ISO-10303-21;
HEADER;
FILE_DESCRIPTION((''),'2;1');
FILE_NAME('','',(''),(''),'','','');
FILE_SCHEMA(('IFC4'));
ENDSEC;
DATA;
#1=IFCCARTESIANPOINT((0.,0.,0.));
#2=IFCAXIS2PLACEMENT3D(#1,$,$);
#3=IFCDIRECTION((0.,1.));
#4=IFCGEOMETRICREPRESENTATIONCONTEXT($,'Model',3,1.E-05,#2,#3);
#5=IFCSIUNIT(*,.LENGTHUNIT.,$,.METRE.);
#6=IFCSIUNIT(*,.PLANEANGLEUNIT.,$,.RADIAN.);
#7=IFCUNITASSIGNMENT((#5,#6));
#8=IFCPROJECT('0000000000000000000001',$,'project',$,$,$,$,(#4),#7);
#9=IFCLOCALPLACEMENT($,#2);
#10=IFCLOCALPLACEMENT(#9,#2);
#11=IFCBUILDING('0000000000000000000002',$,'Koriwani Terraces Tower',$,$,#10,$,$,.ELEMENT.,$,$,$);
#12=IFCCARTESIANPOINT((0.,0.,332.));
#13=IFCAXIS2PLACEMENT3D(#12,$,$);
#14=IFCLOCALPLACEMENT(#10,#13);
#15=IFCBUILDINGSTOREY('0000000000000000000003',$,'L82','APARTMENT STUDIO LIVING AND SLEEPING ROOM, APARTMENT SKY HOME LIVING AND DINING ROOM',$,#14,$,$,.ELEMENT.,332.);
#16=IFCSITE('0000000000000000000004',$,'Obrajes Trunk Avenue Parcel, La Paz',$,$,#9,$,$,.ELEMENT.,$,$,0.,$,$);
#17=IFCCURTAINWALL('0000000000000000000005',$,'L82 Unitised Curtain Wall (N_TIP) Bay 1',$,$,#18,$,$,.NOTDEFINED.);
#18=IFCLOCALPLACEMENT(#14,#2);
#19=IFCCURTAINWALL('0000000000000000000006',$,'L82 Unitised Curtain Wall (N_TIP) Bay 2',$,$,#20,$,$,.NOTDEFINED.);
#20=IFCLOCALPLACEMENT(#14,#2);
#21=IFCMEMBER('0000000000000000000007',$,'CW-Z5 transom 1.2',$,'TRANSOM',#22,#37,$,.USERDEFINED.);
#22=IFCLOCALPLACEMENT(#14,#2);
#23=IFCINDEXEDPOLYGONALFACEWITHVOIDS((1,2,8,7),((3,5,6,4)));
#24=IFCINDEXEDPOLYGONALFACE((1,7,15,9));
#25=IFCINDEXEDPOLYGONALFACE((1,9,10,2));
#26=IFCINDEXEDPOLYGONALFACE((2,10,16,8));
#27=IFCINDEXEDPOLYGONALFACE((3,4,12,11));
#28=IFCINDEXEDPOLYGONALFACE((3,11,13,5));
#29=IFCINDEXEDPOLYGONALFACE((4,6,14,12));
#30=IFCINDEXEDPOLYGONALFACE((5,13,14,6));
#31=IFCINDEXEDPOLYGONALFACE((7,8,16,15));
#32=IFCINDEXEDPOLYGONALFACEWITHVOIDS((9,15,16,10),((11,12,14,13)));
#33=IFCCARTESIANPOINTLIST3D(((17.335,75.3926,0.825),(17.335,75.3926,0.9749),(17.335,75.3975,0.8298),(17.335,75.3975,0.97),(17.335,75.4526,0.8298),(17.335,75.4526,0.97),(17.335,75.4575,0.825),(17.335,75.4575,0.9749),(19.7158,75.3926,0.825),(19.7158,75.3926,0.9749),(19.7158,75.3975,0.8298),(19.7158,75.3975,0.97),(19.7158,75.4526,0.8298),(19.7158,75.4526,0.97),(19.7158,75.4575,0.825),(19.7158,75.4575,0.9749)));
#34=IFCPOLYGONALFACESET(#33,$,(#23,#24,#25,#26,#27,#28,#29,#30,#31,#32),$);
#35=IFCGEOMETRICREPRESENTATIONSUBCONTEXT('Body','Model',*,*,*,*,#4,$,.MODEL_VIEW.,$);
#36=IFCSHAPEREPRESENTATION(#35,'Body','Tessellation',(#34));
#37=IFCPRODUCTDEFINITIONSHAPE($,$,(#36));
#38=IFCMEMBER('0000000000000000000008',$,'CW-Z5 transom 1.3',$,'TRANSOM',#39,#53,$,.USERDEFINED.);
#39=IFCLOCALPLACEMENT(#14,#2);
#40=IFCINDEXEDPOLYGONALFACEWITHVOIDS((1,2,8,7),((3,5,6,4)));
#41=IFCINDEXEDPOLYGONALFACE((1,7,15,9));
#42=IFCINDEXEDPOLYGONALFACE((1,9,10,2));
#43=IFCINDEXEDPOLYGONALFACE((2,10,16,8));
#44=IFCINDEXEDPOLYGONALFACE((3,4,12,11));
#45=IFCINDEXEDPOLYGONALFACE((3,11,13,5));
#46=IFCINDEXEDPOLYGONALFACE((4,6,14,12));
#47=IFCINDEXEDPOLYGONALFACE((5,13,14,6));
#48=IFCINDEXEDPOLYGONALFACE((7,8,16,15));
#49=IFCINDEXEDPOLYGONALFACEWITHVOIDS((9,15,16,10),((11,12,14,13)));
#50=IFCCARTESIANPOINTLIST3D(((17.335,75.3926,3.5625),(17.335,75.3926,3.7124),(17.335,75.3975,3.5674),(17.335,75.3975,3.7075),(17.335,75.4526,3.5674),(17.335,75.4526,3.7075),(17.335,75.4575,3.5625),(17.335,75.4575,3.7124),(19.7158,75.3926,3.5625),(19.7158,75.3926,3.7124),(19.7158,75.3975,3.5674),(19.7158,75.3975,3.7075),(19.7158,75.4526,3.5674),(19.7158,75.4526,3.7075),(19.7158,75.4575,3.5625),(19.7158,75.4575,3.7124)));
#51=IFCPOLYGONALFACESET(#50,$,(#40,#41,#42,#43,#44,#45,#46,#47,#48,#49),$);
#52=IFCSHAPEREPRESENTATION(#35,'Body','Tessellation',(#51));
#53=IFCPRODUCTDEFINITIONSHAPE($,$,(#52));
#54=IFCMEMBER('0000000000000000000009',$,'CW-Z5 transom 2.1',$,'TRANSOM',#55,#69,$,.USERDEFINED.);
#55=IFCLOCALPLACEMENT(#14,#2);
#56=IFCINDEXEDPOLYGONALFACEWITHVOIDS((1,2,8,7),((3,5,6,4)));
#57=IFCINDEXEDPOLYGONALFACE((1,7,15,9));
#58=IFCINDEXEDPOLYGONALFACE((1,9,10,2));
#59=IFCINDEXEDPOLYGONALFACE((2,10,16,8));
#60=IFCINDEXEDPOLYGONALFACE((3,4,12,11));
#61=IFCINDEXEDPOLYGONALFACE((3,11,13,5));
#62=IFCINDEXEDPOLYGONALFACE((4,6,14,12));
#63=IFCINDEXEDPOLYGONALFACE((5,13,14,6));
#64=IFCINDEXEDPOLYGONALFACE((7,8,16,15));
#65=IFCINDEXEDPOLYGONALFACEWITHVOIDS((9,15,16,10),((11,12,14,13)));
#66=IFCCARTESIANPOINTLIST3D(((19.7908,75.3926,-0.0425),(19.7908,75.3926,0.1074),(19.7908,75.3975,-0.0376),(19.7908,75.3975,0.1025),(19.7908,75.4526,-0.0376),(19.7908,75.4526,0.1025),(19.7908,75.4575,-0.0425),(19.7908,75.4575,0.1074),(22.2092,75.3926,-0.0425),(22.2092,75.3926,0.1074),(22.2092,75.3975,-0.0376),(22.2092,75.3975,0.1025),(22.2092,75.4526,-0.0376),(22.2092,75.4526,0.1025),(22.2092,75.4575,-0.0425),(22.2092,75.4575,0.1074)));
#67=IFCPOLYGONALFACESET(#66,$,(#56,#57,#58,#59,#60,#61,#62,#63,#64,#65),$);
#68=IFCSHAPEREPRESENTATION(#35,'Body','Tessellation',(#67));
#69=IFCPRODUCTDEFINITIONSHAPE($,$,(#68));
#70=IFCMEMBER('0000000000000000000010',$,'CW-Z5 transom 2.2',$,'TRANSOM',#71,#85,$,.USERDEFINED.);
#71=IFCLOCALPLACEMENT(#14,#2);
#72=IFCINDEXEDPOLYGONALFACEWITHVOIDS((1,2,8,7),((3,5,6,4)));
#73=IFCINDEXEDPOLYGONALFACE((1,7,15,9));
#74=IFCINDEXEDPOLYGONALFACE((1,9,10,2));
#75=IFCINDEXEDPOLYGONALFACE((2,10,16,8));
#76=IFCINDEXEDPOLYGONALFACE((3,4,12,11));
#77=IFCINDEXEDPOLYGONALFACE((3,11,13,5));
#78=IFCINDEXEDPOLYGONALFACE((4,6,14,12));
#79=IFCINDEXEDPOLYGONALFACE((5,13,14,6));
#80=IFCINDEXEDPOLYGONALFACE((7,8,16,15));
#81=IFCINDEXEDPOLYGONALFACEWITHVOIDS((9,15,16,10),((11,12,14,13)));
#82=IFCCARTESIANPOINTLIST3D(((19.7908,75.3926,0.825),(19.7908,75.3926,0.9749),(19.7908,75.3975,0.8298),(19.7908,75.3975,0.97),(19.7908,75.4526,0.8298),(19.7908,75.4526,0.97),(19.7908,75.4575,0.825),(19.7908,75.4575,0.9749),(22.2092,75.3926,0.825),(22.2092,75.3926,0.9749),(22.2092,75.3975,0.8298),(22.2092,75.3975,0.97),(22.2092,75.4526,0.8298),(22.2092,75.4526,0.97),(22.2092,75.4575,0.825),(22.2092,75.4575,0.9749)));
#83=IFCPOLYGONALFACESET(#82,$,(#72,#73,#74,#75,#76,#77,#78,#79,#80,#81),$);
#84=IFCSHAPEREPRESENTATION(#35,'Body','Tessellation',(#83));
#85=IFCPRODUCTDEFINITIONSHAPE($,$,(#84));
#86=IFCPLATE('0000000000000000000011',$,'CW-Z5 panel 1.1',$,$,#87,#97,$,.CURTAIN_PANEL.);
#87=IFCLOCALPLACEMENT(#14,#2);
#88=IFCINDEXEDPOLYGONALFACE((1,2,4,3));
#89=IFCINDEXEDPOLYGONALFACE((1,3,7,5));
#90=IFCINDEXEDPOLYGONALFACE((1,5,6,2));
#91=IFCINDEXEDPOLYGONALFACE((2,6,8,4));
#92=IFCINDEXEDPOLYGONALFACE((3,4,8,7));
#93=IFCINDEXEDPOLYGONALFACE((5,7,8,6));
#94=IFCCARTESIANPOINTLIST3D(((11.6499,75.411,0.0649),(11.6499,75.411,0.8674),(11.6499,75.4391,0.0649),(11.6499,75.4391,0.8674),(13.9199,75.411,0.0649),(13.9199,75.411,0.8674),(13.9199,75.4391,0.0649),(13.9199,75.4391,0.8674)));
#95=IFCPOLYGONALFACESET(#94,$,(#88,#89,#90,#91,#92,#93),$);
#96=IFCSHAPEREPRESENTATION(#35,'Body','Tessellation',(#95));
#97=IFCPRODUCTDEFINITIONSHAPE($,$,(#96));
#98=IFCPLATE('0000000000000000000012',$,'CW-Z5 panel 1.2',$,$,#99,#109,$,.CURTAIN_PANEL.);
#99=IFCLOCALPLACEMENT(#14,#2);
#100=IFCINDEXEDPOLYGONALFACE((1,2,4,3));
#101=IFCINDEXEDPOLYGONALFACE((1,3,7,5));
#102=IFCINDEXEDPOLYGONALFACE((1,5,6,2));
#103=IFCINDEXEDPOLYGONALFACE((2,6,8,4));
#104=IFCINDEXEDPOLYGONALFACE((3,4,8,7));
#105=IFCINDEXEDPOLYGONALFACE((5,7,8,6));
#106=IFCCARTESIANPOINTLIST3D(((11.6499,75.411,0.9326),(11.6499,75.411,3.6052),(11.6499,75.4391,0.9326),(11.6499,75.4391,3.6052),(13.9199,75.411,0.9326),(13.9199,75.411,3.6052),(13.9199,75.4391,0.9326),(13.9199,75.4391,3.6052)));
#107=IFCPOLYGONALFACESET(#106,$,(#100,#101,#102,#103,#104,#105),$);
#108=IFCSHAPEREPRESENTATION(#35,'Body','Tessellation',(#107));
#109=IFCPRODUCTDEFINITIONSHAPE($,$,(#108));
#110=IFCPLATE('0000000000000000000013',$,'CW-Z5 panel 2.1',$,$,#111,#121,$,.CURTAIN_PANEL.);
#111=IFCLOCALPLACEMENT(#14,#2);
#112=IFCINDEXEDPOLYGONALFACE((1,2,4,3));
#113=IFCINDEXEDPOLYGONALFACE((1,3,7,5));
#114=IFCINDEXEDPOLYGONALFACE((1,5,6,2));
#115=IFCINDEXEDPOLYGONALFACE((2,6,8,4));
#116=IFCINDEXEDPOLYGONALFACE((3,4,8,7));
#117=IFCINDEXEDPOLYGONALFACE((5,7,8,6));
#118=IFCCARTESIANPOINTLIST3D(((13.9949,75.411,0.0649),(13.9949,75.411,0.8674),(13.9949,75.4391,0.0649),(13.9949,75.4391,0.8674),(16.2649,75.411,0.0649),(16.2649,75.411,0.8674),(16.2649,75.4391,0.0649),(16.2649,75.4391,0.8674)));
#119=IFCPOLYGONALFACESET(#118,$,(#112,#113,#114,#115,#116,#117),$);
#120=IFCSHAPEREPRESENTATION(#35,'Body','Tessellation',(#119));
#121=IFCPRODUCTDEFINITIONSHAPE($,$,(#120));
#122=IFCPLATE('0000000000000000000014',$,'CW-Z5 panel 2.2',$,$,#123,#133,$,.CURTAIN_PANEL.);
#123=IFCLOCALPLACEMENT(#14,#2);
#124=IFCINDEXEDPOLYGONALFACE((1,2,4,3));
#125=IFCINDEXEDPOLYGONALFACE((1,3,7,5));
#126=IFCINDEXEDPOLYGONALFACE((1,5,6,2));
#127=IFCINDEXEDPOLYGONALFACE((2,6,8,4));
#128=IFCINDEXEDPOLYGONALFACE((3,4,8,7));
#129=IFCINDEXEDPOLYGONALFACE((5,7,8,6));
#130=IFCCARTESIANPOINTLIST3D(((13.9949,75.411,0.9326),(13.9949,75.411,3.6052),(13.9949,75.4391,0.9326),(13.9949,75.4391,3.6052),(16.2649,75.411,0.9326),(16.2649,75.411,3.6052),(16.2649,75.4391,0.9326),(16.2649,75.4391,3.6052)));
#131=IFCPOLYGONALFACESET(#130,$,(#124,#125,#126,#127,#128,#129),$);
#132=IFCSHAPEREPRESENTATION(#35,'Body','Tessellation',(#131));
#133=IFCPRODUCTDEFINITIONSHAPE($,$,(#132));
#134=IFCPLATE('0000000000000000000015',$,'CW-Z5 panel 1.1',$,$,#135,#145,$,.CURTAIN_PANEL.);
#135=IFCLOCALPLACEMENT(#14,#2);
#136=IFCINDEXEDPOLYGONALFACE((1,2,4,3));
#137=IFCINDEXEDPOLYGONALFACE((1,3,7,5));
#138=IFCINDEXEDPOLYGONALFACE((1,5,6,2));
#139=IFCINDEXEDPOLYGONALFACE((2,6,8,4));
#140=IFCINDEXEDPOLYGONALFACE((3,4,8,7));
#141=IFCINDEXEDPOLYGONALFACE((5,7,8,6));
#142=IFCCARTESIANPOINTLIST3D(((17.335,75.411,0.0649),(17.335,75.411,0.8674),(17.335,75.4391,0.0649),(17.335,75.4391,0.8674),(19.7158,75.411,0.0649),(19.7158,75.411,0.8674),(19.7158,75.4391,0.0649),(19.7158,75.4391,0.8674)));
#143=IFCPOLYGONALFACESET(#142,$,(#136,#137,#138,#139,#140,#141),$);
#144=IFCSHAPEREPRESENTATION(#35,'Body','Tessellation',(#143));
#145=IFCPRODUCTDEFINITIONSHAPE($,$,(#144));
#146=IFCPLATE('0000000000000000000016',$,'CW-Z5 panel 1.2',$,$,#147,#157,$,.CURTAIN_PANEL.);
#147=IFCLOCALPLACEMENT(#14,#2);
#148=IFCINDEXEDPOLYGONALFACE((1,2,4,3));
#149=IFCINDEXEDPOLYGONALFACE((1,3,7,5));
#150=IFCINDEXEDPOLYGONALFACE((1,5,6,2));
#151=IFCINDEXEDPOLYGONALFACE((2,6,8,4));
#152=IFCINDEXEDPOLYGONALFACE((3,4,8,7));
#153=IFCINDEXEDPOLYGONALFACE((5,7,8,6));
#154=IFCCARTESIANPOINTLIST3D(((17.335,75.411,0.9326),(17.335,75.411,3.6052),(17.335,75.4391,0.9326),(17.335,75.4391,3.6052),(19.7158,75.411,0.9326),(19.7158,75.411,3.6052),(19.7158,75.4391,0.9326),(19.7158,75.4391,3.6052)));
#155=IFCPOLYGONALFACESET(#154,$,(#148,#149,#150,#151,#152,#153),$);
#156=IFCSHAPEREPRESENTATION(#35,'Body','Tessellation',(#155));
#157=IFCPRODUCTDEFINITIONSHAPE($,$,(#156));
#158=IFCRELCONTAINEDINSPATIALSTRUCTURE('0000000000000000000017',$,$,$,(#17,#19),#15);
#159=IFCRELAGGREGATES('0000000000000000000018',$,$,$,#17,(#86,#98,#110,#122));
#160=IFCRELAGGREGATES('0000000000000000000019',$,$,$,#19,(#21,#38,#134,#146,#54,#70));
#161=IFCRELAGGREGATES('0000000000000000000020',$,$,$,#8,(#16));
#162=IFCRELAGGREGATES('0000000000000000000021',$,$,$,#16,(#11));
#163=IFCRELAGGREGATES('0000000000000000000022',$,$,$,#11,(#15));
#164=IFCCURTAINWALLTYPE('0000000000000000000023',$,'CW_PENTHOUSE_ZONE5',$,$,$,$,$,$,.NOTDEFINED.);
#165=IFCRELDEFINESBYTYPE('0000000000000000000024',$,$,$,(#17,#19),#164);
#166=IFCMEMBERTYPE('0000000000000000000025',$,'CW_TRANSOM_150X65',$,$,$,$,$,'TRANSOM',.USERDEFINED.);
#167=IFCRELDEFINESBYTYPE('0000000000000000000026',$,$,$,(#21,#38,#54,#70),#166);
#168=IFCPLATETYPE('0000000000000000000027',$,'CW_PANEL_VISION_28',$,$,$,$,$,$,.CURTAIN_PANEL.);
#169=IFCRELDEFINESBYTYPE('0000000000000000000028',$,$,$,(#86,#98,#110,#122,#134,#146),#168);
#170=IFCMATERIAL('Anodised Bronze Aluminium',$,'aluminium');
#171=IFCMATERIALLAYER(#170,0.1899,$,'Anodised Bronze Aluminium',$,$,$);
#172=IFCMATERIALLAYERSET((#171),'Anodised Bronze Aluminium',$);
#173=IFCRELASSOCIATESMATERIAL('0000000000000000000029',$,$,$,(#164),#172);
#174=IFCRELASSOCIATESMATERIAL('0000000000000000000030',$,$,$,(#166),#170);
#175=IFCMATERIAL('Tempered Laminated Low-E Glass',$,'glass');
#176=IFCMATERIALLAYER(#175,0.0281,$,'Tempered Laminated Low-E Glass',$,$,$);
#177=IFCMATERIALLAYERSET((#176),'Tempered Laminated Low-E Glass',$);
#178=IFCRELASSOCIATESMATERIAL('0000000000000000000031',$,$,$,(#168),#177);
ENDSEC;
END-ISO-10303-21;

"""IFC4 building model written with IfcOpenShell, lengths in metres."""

from ifc_helpers import new_model, si_unit, direction, frame, origin, origin_2d, place, context, subcontext, project, spatial, rectangle, hollow_rectangle, extrude, material, layer, layer_set, material_profile, profile_set, type_object, element, aggregate, save


model = new_model("IFC4")

# Units and contexts
model_context = context("Model", 3, precision=1e-05, world=origin(), true_north=direction((0.0, 1.0)))
body_context = subcontext(model_context, "Body", "Model", "MODEL_VIEW")
ifc_project = project(units=[si_unit("LENGTHUNIT", "METRE"), si_unit("PLANEANGLEUNIT", "RADIAN")], contexts=[model_context])

# Site, building, storey
site_placement = place(None, origin())
site = spatial("IfcSite", under=ifc_project, at=site_placement, Name="Obrajes Trunk Avenue Parcel, La Paz", CompositionType="ELEMENT", RefElevation=0.0)
building_placement = place(site_placement, origin())
building = spatial("IfcBuilding", under=site, at=building_placement, Name="Koriwani Terraces Tower", CompositionType="ELEMENT")
storey_placement = place(building_placement, frame((0.0, 0.0, 332.0)))
storey = spatial("IfcBuildingStorey", under=building, at=storey_placement, Name="L82", Description="APARTMENT STUDIO LIVING AND SLEEPING ROOM, APARTMENT SKY HOME LIVING AND DINING ROOM", CompositionType="ELEMENT", Elevation=332.0)

# Curtain walls
ifc_material_1 = material(Name="Anodised Bronze Aluminium", Category="aluminium")
ifc_layer_1 = layer(ifc_material_1, 0.1899, Name="Anodised Bronze Aluminium")
ifc_layer_set_1 = layer_set([ifc_layer_1], Name="Anodised Bronze Aluminium")
curtain_wall_type = type_object("IfcCurtainWallType", Name="CW_PENTHOUSE_ZONE5", PredefinedType="NOTDEFINED", material=ifc_layer_set_1)
curtain_wall_1_placement = place(storey_placement, origin())
curtain_wall_1 = element("IfcCurtainWall", 1, at=curtain_wall_1_placement, inside=storey, type_object=curtain_wall_type, Name="L82 Unitised Curtain Wall (N_TIP) Bay 1", PredefinedType="NOTDEFINED")
curtain_wall_2_placement = place(storey_placement, origin())
curtain_wall_2 = element("IfcCurtainWall", 2, at=curtain_wall_2_placement, inside=storey, type_object=curtain_wall_type, Name="L82 Unitised Curtain Wall (N_TIP) Bay 2", PredefinedType="NOTDEFINED")

# Members
ifc_material_profile_1 = material_profile(ifc_material_1, hollow_rectangle(XDim=0.0649, YDim=0.1499, WallThickness=0.0049, at=origin_2d()), Name="Anodised Bronze Aluminium", Category="LoadBearing")
ifc_profile_set_1 = profile_set([ifc_material_profile_1], Name="Anodised Bronze Aluminium")
member_type_1 = type_object("IfcMemberType", Name="CW_TRANSOM_150X65", ElementType="TRANSOM", PredefinedType="USERDEFINED", material=ifc_profile_set_1)
member_1_placement = place(storey_placement, frame((17.335, 75.425, 0.8999), z_axis=(1.0, 0.0, 0.0), x_axis=(0.0, 1.0, 0.0)))
member_1 = element("IfcMember", 3, at=member_1_placement, type_object=member_type_1, Name="CW-Z5 transom 1.2", ObjectType="TRANSOM", PredefinedType="USERDEFINED", context=body_context, shape_type="SweptSolid", body=[
    extrude(hollow_rectangle(XDim=0.0649, YDim=0.1499, WallThickness=0.0049, at=origin_2d()), origin(), (0.0, 0.0, 1.0), 2.3809),
])
member_2_placement = place(storey_placement, frame((17.335, 75.425, 3.6375), z_axis=(1.0, 0.0, 0.0), x_axis=(0.0, 1.0, 0.0)))
member_2 = element("IfcMember", 4, at=member_2_placement, type_object=member_type_1, Name="CW-Z5 transom 1.3", ObjectType="TRANSOM", PredefinedType="USERDEFINED", context=body_context, shape_type="SweptSolid", body=[
    extrude(hollow_rectangle(XDim=0.0649, YDim=0.1499, WallThickness=0.0049, at=origin_2d()), origin(), (0.0, 0.0, 1.0), 2.3809),
])
member_3_placement = place(storey_placement, frame((19.7908, 75.425, 0.0325), z_axis=(1.0, 0.0, 0.0), x_axis=(0.0, 1.0, 0.0)))
member_3 = element("IfcMember", 5, at=member_3_placement, type_object=member_type_1, Name="CW-Z5 transom 2.1", ObjectType="TRANSOM", PredefinedType="USERDEFINED", context=body_context, shape_type="SweptSolid", body=[
    extrude(hollow_rectangle(XDim=0.0649, YDim=0.1499, WallThickness=0.0049, at=origin_2d()), origin(), (0.0, 0.0, 1.0), 2.4185),
])
member_4_placement = place(storey_placement, frame((19.7908, 75.425, 0.8999), z_axis=(1.0, 0.0, 0.0), x_axis=(0.0, 1.0, 0.0)))
member_4 = element("IfcMember", 6, at=member_4_placement, type_object=member_type_1, Name="CW-Z5 transom 2.2", ObjectType="TRANSOM", PredefinedType="USERDEFINED", context=body_context, shape_type="SweptSolid", body=[
    extrude(hollow_rectangle(XDim=0.0649, YDim=0.1499, WallThickness=0.0049, at=origin_2d()), origin(), (0.0, 0.0, 1.0), 2.4185),
])

# Plates
ifc_material_2 = material(Name="Tempered Laminated Low-E Glass", Category="glass")
ifc_layer_2 = layer(ifc_material_2, 0.0281, Name="Tempered Laminated Low-E Glass")
ifc_layer_set_2 = layer_set([ifc_layer_2], Name="Tempered Laminated Low-E Glass")
plate_type = type_object("IfcPlateType", Name="CW_PANEL_VISION_28", PredefinedType="CURTAIN_PANEL", material=ifc_layer_set_2)
plate_1_placement = place(storey_placement, frame((12.7849, 75.425, 0.0649), z_axis=(0.0, 0.0, 1.0), x_axis=(1.0, 0.0, 0.0)))
plate_1 = element("IfcPlate", 7, at=plate_1_placement, type_object=plate_type, Name="CW-Z5 panel 1.1", PredefinedType="CURTAIN_PANEL", context=body_context, shape_type="SweptSolid", body=[
    extrude(rectangle(XDim=2.27, YDim=0.0281, at=origin_2d()), origin(), (0.0, 0.0, 1.0), 0.8025),
])
plate_2_placement = place(storey_placement, frame((12.7849, 75.425, 0.9326), z_axis=(0.0, 0.0, 1.0), x_axis=(1.0, 0.0, 0.0)))
plate_2 = element("IfcPlate", 8, at=plate_2_placement, type_object=plate_type, Name="CW-Z5 panel 1.2", PredefinedType="CURTAIN_PANEL", context=body_context, shape_type="SweptSolid", body=[
    extrude(rectangle(XDim=2.27, YDim=0.0281, at=origin_2d()), origin(), (0.0, 0.0, 1.0), 2.6726),
])
plate_3_placement = place(storey_placement, frame((15.1299, 75.425, 0.0649), z_axis=(0.0, 0.0, 1.0), x_axis=(1.0, 0.0, 0.0)))
plate_3 = element("IfcPlate", 9, at=plate_3_placement, type_object=plate_type, Name="CW-Z5 panel 2.1", PredefinedType="CURTAIN_PANEL", context=body_context, shape_type="SweptSolid", body=[
    extrude(rectangle(XDim=2.27, YDim=0.0281, at=origin_2d()), origin(), (0.0, 0.0, 1.0), 0.8025),
])
plate_4_placement = place(storey_placement, frame((15.1299, 75.425, 0.9326), z_axis=(0.0, 0.0, 1.0), x_axis=(1.0, 0.0, 0.0)))
plate_4 = element("IfcPlate", 10, at=plate_4_placement, type_object=plate_type, Name="CW-Z5 panel 2.2", PredefinedType="CURTAIN_PANEL", context=body_context, shape_type="SweptSolid", body=[
    extrude(rectangle(XDim=2.27, YDim=0.0281, at=origin_2d()), origin(), (0.0, 0.0, 1.0), 2.6726),
])
aggregate(curtain_wall_1, [plate_1, plate_2, plate_3, plate_4])
plate_5_placement = place(storey_placement, frame((18.5254, 75.425, 0.0649), z_axis=(0.0, 0.0, 1.0), x_axis=(1.0, 0.0, 0.0)))
plate_5 = element("IfcPlate", 11, at=plate_5_placement, type_object=plate_type, Name="CW-Z5 panel 1.1", PredefinedType="CURTAIN_PANEL", context=body_context, shape_type="SweptSolid", body=[
    extrude(rectangle(XDim=2.3809, YDim=0.0281, at=origin_2d()), origin(), (0.0, 0.0, 1.0), 0.8025),
])
plate_6_placement = place(storey_placement, frame((18.5254, 75.425, 0.9326), z_axis=(0.0, 0.0, 1.0), x_axis=(1.0, 0.0, 0.0)))
plate_6 = element("IfcPlate", 12, at=plate_6_placement, type_object=plate_type, Name="CW-Z5 panel 1.2", PredefinedType="CURTAIN_PANEL", context=body_context, shape_type="SweptSolid", body=[
    extrude(rectangle(XDim=2.3809, YDim=0.0281, at=origin_2d()), origin(), (0.0, 0.0, 1.0), 2.6726),
])
aggregate(curtain_wall_2, [member_1, member_2, plate_5, plate_6, member_3, member_4])

save(model, "model.ifc")
